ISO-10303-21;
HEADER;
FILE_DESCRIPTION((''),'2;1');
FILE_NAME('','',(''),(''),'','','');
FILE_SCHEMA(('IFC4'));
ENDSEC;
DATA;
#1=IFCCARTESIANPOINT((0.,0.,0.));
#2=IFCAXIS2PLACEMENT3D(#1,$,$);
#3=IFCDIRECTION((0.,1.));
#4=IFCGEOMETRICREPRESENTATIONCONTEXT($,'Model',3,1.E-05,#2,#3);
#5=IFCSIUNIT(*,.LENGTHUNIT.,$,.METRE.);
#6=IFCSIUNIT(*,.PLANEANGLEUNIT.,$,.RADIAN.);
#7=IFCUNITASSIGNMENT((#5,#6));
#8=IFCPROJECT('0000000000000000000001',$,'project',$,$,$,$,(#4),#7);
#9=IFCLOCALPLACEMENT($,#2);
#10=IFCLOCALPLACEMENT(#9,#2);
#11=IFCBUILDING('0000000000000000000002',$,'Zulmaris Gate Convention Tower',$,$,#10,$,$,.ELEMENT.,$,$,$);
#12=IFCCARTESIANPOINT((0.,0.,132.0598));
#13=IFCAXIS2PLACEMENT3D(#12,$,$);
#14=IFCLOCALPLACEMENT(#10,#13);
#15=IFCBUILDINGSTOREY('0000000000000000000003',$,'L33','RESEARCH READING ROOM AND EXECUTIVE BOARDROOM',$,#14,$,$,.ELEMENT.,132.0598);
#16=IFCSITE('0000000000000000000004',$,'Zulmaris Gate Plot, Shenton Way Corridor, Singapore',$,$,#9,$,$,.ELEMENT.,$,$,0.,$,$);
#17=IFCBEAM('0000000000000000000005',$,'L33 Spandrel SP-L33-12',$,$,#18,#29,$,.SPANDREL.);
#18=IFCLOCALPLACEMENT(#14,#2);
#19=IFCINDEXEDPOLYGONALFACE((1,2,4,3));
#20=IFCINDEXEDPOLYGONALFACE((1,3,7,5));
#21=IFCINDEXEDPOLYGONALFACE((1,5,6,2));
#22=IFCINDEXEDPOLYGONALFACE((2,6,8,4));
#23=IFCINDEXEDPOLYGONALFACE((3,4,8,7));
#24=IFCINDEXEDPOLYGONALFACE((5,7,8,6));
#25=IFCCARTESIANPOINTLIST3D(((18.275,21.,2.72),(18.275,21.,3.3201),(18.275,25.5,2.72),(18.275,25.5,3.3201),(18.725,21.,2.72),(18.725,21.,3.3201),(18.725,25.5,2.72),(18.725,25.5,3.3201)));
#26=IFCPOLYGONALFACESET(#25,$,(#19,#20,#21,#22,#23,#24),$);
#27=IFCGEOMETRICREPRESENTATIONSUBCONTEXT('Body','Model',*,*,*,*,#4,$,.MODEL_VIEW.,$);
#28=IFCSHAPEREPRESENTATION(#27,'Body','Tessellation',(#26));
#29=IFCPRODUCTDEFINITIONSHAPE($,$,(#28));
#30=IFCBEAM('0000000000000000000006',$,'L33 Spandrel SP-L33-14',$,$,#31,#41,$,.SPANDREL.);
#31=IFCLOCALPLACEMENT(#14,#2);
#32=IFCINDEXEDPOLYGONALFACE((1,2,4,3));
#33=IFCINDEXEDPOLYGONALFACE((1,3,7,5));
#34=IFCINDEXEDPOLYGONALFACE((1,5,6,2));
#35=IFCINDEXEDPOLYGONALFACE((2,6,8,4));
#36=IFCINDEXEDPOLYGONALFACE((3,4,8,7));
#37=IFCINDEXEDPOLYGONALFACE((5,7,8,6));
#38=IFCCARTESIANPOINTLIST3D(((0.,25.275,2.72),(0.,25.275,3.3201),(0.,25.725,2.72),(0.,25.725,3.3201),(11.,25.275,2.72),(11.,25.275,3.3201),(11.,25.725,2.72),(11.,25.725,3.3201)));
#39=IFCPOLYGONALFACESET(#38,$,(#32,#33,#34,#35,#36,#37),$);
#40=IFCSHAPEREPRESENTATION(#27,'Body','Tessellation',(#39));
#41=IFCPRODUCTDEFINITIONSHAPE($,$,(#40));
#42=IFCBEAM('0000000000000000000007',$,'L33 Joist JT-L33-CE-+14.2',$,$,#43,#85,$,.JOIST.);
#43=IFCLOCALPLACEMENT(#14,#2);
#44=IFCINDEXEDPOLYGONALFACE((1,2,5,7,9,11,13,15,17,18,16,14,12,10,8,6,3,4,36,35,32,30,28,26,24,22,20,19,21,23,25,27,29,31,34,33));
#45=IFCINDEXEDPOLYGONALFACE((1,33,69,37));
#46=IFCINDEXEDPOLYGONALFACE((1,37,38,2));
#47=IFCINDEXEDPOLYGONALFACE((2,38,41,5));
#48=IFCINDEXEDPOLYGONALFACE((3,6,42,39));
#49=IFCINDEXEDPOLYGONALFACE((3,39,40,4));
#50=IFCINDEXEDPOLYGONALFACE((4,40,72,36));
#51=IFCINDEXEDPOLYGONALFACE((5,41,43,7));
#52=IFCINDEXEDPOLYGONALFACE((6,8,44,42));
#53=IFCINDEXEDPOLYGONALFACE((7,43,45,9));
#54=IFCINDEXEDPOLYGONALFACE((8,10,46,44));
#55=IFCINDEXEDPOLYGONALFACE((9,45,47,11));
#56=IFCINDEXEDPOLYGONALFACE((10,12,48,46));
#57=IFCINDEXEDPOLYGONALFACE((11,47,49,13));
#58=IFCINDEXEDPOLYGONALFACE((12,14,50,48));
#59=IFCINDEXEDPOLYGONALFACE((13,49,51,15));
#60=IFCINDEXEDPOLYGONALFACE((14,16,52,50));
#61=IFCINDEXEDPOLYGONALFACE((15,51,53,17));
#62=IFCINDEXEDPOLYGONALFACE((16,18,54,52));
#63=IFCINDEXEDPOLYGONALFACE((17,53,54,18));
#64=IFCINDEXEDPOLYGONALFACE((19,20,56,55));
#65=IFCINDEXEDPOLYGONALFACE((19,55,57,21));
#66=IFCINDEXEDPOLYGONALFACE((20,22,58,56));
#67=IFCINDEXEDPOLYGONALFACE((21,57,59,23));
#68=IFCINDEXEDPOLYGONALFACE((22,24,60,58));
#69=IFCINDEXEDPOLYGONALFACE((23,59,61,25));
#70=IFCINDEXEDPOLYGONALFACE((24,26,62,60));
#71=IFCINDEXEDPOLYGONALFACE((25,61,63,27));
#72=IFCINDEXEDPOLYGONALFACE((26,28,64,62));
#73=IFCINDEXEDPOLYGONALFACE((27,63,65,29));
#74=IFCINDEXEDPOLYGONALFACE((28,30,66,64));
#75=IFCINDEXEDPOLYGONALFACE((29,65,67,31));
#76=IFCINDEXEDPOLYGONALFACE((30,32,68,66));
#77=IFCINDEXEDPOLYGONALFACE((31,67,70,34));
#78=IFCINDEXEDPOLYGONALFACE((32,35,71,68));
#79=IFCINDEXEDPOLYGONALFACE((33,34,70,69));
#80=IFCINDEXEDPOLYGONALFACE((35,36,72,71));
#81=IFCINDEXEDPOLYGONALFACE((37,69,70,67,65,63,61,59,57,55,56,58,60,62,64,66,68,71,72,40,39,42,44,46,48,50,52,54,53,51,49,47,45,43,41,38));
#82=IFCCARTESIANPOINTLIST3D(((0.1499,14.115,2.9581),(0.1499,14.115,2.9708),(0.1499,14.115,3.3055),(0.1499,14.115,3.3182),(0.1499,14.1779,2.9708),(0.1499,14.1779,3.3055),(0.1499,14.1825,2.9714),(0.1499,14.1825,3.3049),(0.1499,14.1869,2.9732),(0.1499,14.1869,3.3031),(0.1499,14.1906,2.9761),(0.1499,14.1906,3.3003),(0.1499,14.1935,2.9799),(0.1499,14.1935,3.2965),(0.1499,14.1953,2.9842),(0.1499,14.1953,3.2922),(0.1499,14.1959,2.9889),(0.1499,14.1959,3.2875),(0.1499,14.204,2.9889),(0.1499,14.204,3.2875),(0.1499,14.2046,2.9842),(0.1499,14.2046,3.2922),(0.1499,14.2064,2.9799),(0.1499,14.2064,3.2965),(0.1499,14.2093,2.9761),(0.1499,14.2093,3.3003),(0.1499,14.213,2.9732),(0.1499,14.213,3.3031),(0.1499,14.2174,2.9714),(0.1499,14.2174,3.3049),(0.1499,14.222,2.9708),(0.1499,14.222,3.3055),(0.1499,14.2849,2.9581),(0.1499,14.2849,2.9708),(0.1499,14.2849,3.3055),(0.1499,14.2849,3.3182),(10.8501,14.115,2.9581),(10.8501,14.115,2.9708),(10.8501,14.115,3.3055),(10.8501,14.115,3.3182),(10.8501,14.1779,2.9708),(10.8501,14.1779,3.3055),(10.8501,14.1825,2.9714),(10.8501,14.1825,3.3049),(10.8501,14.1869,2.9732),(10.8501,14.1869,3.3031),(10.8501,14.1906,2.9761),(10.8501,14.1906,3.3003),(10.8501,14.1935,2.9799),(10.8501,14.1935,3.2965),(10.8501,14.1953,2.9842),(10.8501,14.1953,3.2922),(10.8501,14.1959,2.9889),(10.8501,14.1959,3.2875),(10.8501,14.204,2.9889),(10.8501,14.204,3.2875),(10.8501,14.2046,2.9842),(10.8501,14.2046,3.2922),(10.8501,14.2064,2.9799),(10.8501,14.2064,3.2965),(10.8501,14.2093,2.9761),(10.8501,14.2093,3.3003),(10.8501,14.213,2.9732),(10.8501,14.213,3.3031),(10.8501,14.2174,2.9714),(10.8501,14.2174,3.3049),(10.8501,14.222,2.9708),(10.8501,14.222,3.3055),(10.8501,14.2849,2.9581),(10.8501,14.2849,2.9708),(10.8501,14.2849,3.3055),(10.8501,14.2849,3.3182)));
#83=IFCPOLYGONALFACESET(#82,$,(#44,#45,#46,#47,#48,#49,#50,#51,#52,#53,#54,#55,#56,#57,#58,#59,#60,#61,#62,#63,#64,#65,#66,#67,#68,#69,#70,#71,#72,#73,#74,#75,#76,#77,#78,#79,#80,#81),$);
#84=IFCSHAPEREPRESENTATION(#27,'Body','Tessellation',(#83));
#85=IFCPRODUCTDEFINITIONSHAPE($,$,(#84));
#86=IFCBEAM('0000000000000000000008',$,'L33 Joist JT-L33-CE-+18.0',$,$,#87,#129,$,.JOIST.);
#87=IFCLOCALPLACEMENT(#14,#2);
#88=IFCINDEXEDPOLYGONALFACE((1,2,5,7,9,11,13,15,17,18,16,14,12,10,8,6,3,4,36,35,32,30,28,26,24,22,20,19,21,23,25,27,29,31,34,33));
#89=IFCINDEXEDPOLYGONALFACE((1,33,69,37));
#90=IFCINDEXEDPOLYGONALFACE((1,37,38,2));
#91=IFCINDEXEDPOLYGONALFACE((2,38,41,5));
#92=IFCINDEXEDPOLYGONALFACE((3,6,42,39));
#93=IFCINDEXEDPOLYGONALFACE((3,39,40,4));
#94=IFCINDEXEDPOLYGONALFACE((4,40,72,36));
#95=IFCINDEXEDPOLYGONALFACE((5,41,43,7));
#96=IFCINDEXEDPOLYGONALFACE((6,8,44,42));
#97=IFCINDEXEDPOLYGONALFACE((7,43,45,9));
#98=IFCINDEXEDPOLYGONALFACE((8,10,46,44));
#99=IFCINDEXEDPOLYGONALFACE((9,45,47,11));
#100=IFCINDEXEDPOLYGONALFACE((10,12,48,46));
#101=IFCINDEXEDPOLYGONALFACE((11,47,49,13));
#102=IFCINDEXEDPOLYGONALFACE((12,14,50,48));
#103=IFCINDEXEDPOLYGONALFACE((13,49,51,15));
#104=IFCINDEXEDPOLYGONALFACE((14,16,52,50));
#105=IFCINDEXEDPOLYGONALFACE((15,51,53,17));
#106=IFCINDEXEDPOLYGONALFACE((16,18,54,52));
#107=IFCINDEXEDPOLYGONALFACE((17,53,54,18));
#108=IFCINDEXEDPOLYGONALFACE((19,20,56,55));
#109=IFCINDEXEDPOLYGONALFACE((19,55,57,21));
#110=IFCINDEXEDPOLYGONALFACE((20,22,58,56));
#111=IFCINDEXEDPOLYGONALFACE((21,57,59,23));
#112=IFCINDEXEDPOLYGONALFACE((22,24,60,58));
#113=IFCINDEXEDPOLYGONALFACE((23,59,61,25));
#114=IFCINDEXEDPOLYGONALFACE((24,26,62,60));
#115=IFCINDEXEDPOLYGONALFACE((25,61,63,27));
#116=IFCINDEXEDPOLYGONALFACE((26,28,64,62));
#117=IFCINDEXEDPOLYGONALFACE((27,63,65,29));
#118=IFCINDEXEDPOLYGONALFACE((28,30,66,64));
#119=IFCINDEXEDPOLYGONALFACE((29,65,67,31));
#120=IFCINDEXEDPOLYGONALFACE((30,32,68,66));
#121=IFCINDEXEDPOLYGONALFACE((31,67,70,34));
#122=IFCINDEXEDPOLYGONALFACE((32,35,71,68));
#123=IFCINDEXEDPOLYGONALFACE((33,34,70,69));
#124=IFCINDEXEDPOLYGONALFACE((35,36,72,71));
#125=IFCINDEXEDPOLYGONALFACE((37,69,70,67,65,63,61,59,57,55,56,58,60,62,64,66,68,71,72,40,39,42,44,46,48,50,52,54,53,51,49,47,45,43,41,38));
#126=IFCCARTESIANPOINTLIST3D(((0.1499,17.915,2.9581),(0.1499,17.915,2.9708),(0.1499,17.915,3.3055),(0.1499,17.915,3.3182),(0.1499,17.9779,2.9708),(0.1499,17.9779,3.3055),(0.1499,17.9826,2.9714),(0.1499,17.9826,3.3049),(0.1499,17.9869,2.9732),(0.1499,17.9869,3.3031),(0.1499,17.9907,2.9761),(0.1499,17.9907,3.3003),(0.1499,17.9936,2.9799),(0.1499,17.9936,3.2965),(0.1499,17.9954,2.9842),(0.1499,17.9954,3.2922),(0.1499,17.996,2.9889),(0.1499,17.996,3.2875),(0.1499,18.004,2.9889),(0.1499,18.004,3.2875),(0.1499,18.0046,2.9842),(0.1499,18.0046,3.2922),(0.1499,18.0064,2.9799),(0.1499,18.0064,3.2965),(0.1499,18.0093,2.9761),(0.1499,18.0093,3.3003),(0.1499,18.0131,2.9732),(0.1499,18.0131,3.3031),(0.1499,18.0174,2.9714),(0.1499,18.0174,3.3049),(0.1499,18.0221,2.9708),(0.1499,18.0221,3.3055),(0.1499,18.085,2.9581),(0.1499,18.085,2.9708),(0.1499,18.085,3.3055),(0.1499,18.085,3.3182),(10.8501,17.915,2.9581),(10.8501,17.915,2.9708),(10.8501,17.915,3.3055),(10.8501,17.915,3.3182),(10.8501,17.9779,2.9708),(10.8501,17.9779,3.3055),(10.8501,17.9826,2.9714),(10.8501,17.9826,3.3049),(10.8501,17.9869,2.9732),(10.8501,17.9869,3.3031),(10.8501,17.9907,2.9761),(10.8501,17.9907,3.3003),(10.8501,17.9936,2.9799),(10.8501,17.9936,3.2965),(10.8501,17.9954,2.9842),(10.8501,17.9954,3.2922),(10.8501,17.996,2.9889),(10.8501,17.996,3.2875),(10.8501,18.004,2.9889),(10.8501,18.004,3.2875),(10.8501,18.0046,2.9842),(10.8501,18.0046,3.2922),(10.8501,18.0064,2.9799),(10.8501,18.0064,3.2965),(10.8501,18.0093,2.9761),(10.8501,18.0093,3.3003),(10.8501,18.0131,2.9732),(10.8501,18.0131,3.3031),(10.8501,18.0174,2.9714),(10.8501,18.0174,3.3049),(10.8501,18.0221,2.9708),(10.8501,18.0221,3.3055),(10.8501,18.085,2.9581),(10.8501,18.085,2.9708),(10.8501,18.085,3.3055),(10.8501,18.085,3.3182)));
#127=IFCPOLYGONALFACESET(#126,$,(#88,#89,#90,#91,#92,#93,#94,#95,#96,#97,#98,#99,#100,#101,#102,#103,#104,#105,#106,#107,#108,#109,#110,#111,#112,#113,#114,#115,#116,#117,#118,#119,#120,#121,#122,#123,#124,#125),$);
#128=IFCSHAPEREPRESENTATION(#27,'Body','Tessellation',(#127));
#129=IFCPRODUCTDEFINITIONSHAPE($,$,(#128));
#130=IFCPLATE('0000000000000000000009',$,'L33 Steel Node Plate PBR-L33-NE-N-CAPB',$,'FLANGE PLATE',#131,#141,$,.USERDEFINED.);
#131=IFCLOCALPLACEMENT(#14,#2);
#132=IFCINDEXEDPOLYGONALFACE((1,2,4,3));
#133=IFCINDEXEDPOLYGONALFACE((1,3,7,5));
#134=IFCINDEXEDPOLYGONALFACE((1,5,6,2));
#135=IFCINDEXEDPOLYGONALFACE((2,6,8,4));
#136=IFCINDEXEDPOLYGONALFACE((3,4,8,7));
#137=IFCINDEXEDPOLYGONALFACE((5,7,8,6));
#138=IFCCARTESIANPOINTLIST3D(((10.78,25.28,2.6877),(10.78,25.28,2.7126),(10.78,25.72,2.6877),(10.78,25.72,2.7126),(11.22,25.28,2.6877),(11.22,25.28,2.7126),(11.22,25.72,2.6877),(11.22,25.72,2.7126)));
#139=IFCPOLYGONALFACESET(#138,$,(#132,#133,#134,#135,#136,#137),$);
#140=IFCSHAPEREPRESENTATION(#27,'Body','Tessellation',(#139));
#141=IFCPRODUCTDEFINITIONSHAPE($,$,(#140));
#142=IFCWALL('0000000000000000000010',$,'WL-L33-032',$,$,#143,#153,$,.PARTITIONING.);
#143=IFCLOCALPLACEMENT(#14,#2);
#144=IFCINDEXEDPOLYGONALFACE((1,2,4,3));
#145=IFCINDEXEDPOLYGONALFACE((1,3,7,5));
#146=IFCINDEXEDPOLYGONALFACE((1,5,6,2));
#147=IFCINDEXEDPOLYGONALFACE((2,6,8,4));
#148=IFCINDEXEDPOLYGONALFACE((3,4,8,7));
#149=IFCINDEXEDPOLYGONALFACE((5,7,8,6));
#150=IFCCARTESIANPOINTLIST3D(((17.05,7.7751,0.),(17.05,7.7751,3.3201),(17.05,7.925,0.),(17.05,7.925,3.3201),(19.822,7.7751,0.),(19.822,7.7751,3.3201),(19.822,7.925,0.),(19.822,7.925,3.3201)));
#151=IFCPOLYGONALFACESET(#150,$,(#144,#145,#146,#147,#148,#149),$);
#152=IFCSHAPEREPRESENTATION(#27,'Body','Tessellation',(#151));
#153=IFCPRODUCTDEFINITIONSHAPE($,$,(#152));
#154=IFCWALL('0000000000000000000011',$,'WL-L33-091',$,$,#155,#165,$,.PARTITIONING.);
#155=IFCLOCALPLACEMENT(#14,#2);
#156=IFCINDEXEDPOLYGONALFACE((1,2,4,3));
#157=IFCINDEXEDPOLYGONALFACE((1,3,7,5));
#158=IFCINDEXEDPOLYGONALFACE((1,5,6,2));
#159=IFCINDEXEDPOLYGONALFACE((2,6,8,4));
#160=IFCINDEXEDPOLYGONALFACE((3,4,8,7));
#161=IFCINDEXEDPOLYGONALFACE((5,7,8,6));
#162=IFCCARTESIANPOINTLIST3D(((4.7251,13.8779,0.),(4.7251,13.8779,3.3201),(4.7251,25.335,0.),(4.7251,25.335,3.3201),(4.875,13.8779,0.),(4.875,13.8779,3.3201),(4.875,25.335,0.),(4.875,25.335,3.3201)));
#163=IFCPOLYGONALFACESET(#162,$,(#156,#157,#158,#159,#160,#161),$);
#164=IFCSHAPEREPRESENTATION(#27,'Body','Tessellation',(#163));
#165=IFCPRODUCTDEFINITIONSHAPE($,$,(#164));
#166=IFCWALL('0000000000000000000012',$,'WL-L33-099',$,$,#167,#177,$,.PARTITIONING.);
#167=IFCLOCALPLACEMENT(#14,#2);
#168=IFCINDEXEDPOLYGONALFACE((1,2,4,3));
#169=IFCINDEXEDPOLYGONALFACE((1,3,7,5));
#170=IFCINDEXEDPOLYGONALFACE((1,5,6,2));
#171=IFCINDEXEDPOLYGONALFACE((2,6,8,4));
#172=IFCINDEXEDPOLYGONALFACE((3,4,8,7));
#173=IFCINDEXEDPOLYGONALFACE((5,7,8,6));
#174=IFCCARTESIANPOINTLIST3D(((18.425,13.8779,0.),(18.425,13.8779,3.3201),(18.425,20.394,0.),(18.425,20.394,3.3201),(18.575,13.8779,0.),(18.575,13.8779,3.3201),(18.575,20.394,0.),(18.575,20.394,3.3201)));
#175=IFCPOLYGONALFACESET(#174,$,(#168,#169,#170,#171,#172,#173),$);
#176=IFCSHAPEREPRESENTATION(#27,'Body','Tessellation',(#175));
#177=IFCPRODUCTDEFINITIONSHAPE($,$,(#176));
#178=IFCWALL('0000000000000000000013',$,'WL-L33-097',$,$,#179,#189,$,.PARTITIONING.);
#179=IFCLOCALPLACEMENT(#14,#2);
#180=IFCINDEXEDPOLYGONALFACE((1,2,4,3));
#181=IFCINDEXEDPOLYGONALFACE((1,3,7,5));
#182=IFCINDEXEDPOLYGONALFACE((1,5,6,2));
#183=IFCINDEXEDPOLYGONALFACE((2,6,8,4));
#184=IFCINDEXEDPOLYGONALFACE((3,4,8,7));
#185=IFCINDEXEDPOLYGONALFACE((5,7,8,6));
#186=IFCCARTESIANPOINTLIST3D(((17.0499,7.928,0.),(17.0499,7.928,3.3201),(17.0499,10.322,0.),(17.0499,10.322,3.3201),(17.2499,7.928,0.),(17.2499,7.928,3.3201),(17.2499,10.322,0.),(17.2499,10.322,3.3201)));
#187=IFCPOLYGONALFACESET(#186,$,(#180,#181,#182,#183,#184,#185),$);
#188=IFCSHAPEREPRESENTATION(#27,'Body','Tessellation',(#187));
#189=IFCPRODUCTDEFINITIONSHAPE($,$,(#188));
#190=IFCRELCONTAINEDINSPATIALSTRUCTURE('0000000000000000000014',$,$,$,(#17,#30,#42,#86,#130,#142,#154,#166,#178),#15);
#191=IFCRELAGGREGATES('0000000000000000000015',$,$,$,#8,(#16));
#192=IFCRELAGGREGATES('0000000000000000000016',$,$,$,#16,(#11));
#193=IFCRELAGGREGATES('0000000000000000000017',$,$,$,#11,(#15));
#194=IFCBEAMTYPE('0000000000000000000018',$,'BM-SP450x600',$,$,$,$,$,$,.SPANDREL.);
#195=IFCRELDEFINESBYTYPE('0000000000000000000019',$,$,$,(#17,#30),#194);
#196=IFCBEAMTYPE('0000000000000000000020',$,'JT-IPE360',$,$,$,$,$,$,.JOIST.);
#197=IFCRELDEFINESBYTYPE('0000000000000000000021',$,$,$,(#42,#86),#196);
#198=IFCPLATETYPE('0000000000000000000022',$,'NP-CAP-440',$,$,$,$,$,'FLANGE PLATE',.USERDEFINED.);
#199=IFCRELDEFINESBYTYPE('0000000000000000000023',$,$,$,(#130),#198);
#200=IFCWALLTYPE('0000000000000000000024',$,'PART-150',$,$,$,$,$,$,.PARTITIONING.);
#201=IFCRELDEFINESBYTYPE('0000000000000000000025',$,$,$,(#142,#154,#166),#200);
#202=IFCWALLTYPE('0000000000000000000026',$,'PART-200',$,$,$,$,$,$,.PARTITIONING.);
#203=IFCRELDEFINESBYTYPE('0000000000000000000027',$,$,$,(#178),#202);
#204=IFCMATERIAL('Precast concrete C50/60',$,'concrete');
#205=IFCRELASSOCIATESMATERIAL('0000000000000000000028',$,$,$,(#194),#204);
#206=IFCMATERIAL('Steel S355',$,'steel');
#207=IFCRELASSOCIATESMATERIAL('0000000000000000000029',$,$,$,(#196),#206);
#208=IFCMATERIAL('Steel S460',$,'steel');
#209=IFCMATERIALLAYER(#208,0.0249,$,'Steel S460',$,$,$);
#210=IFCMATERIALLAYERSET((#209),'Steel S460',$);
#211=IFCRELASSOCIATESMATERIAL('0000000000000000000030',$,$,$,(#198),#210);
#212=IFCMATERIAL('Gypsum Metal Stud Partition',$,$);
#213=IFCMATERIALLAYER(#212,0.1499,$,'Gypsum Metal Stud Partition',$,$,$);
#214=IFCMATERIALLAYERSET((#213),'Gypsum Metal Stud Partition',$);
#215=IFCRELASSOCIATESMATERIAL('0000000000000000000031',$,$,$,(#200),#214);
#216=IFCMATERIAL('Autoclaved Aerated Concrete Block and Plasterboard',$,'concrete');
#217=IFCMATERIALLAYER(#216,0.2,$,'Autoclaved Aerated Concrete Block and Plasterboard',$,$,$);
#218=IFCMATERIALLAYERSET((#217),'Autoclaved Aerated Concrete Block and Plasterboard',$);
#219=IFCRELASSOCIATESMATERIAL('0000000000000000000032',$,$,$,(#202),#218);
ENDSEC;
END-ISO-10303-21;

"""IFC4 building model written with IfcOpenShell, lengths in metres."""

from ifc_helpers import new_model, si_unit, direction, frame, frame_2d, origin, origin_2d, place, context, subcontext, project, spatial, rectangle, i_section, extrude, material, layer, layer_set, material_profile, profile_set, type_object, element, save


model = new_model("IFC4")

# Units and contexts
model_context = context("Model", 3, precision=1e-05, world=origin(), true_north=direction((0.0, 1.0)))
body_context = subcontext(model_context, "Body", "Model", "MODEL_VIEW")
ifc_project = project(units=[si_unit("LENGTHUNIT", "METRE"), si_unit("PLANEANGLEUNIT", "RADIAN")], contexts=[model_context])

# Site, building, storey
site_placement = place(None, origin())
site = spatial("IfcSite", under=ifc_project, at=site_placement, Name="Zulmaris Gate Plot, Shenton Way Corridor, Singapore", CompositionType="ELEMENT", RefElevation=0.0)
building_placement = place(site_placement, origin())
building = spatial("IfcBuilding", under=site, at=building_placement, Name="Zulmaris Gate Convention Tower", CompositionType="ELEMENT")
storey_placement = place(building_placement, frame((0.0, 0.0, 132.0598)))
storey = spatial("IfcBuildingStorey", under=building, at=storey_placement, Name="L33", Description="RESEARCH READING ROOM AND EXECUTIVE BOARDROOM", CompositionType="ELEMENT", Elevation=132.0598)

# Beams
ifc_material_1 = material(Name="Steel S355", Category="steel")
ifc_material_2 = material(Name="Precast concrete C50/60", Category="concrete")
ifc_material_profile_1 = material_profile(ifc_material_2, rectangle(XDim=0.45, YDim=0.6001, at=origin_2d()), Name="RC SPANDREL 450x600")
ifc_profile_set_1 = profile_set([ifc_material_profile_1], Name="Precast concrete C50/60")
beam_type_1 = type_object("IfcBeamType", Name="BM-SP450x600", PredefinedType="SPANDREL", material=ifc_profile_set_1)
beam_1_placement = place(storey_placement, frame((18.5, 21.0, 3.02), z_axis=(0.0, 1.0, 0.0), x_axis=(-1.0, 0.0, 0.0)))
element("IfcBeam", 1, at=beam_1_placement, inside=storey, type_object=beam_type_1, Name="L33 Spandrel SP-L33-12", PredefinedType="SPANDREL", context=body_context, shape_type="SweptSolid", body=[
    extrude(rectangle(XDim=0.45, YDim=0.6001, at=origin_2d()), origin(), (0.0, 0.0, 1.0), 4.5),
])
beam_2_placement = place(storey_placement, frame((11.0, 25.5, 3.02), z_axis=(-1.0, 0.0, 0.0), x_axis=(0.0, -1.0, 0.0)))
element("IfcBeam", 2, at=beam_2_placement, inside=storey, type_object=beam_type_1, Name="L33 Spandrel SP-L33-14", PredefinedType="SPANDREL", context=body_context, shape_type="SweptSolid", body=[
    extrude(rectangle(XDim=0.45, YDim=0.6001, at=origin_2d()), origin(), (0.0, 0.0, 1.0), 11.0),
])
ifc_material_profile_2 = material_profile(ifc_material_1, i_section(OverallWidth=0.1699, OverallDepth=0.3601, WebThickness=0.0081, FlangeThickness=0.0127, FilletRadius=0.0181, at=origin_2d()), Name="IPE 360")
ifc_profile_set_2 = profile_set([ifc_material_profile_2], Name="Steel S355")
beam_type_2 = type_object("IfcBeamType", Name="JT-IPE360", PredefinedType="JOIST", material=ifc_profile_set_2)
for number, where, z_axis, x_axis, name in (
    (3, (0.1499, 14.2, 3.1382), (1.0, 0.0, 0.0), (0.0, 1.0, 0.0), "L33 Joist JT-L33-CE-+14.2"),
    (4, (0.1499, 18.0, 3.1382), (1.0, 0.0, 0.0), (0.0, 1.0, 0.0), "L33 Joist JT-L33-CE-+18.0"),
):
    element("IfcBeam", number, at=place(storey_placement, frame(where, z_axis=z_axis, x_axis=x_axis)), inside=storey, type_object=beam_type_2, Name=name, PredefinedType="JOIST", context=body_context, shape_type="SweptSolid", body=[
        extrude(i_section(OverallWidth=0.1699, OverallDepth=0.3601, WebThickness=0.0081, FlangeThickness=0.0127, FilletRadius=0.0181, at=origin_2d()), origin(), (0.0, 0.0, 1.0), 10.7002),
    ])

# Plate
ifc_material_3 = material(Name="Steel S460", Category="steel")
ifc_layer_1 = layer(ifc_material_3, 0.0249, Name="Steel S460")
ifc_layer_set_1 = layer_set([ifc_layer_1], Name="Steel S460")
plate_type = type_object("IfcPlateType", Name="NP-CAP-440", ElementType="FLANGE PLATE", PredefinedType="USERDEFINED", material=ifc_layer_set_1)
plate_placement = place(storey_placement, frame((11.0, 25.5, 2.6877), z_axis=(0.0, 0.0, 1.0), x_axis=(1.0, 0.0, 0.0)))
element("IfcPlate", 5, at=plate_placement, inside=storey, type_object=plate_type, Name="L33 Steel Node Plate PBR-L33-NE-N-CAPB", ObjectType="FLANGE PLATE", PredefinedType="USERDEFINED", context=body_context, shape_type="SweptSolid", body=[
    extrude(rectangle(XDim=0.4399, YDim=0.4399, at=origin_2d()), origin(), (0.0, 0.0, 1.0), 0.0249),
])

# Walls
ifc_material_4 = material(Name="Gypsum Metal Stud Partition")
ifc_layer_2 = layer(ifc_material_4, 0.1499, Name="Gypsum Metal Stud Partition")
ifc_layer_set_2 = layer_set([ifc_layer_2], Name="Gypsum Metal Stud Partition")
wall_type_1 = type_object("IfcWallType", Name="PART-150", PredefinedType="PARTITIONING", material=ifc_layer_set_2)
wall_1_placement = place(storey_placement, frame((17.05, 7.8501, 0.0), z_axis=(0.0, 0.0, 1.0), x_axis=(1.0, 0.0, 0.0)))
element("IfcWall", 6, at=wall_1_placement, inside=storey, type_object=wall_type_1, Name="WL-L33-032", PredefinedType="PARTITIONING", context=body_context, shape_type="SweptSolid", body=[
    extrude(rectangle(XDim=2.772, YDim=0.1499, at=frame_2d((1.386, 0.0))), origin(), (0.0, 0.0, 1.0), 3.3201),
])
wall_2_placement = place(storey_placement, frame((4.8, 13.8779, 0.0), z_axis=(0.0, 0.0, 1.0), x_axis=(0.0, 1.0, 0.0)))
element("IfcWall", 7, at=wall_2_placement, inside=storey, type_object=wall_type_1, Name="WL-L33-091", PredefinedType="PARTITIONING", context=body_context, shape_type="SweptSolid", body=[
    extrude(rectangle(XDim=11.457, YDim=0.1499, at=frame_2d((5.7285, 0.0))), origin(), (0.0, 0.0, 1.0), 3.3201),
])

# Walls
wall_3_placement = place(storey_placement, frame((18.5, 13.8779, 0.0), z_axis=(0.0, 0.0, 1.0), x_axis=(0.0, 1.0, 0.0)))
element("IfcWall", 8, at=wall_3_placement, inside=storey, type_object=wall_type_1, Name="WL-L33-099", PredefinedType="PARTITIONING", context=body_context, shape_type="SweptSolid", body=[
    extrude(rectangle(XDim=6.5161, YDim=0.1499, at=frame_2d((3.2581, 0.0))), origin(), (0.0, 0.0, 1.0), 3.3201),
])
ifc_material_5 = material(Name="Autoclaved Aerated Concrete Block and Plasterboard", Category="concrete")
ifc_layer_3 = layer(ifc_material_5, 0.2, Name="Autoclaved Aerated Concrete Block and Plasterboard")
ifc_layer_set_3 = layer_set([ifc_layer_3], Name="Autoclaved Aerated Concrete Block and Plasterboard")
wall_type_2 = type_object("IfcWallType", Name="PART-200", PredefinedType="PARTITIONING", material=ifc_layer_set_3)
wall_4_placement = place(storey_placement, frame((17.1499, 7.928, 0.0), z_axis=(0.0, 0.0, 1.0), x_axis=(0.0, 1.0, 0.0)))
element("IfcWall", 9, at=wall_4_placement, inside=storey, type_object=wall_type_2, Name="WL-L33-097", PredefinedType="PARTITIONING", context=body_context, shape_type="SweptSolid", body=[
    extrude(rectangle(XDim=2.394, YDim=0.2, at=frame_2d((1.197, 0.0))), origin(), (0.0, 0.0, 1.0), 3.3201),
])

save(model, "model.ifc")
